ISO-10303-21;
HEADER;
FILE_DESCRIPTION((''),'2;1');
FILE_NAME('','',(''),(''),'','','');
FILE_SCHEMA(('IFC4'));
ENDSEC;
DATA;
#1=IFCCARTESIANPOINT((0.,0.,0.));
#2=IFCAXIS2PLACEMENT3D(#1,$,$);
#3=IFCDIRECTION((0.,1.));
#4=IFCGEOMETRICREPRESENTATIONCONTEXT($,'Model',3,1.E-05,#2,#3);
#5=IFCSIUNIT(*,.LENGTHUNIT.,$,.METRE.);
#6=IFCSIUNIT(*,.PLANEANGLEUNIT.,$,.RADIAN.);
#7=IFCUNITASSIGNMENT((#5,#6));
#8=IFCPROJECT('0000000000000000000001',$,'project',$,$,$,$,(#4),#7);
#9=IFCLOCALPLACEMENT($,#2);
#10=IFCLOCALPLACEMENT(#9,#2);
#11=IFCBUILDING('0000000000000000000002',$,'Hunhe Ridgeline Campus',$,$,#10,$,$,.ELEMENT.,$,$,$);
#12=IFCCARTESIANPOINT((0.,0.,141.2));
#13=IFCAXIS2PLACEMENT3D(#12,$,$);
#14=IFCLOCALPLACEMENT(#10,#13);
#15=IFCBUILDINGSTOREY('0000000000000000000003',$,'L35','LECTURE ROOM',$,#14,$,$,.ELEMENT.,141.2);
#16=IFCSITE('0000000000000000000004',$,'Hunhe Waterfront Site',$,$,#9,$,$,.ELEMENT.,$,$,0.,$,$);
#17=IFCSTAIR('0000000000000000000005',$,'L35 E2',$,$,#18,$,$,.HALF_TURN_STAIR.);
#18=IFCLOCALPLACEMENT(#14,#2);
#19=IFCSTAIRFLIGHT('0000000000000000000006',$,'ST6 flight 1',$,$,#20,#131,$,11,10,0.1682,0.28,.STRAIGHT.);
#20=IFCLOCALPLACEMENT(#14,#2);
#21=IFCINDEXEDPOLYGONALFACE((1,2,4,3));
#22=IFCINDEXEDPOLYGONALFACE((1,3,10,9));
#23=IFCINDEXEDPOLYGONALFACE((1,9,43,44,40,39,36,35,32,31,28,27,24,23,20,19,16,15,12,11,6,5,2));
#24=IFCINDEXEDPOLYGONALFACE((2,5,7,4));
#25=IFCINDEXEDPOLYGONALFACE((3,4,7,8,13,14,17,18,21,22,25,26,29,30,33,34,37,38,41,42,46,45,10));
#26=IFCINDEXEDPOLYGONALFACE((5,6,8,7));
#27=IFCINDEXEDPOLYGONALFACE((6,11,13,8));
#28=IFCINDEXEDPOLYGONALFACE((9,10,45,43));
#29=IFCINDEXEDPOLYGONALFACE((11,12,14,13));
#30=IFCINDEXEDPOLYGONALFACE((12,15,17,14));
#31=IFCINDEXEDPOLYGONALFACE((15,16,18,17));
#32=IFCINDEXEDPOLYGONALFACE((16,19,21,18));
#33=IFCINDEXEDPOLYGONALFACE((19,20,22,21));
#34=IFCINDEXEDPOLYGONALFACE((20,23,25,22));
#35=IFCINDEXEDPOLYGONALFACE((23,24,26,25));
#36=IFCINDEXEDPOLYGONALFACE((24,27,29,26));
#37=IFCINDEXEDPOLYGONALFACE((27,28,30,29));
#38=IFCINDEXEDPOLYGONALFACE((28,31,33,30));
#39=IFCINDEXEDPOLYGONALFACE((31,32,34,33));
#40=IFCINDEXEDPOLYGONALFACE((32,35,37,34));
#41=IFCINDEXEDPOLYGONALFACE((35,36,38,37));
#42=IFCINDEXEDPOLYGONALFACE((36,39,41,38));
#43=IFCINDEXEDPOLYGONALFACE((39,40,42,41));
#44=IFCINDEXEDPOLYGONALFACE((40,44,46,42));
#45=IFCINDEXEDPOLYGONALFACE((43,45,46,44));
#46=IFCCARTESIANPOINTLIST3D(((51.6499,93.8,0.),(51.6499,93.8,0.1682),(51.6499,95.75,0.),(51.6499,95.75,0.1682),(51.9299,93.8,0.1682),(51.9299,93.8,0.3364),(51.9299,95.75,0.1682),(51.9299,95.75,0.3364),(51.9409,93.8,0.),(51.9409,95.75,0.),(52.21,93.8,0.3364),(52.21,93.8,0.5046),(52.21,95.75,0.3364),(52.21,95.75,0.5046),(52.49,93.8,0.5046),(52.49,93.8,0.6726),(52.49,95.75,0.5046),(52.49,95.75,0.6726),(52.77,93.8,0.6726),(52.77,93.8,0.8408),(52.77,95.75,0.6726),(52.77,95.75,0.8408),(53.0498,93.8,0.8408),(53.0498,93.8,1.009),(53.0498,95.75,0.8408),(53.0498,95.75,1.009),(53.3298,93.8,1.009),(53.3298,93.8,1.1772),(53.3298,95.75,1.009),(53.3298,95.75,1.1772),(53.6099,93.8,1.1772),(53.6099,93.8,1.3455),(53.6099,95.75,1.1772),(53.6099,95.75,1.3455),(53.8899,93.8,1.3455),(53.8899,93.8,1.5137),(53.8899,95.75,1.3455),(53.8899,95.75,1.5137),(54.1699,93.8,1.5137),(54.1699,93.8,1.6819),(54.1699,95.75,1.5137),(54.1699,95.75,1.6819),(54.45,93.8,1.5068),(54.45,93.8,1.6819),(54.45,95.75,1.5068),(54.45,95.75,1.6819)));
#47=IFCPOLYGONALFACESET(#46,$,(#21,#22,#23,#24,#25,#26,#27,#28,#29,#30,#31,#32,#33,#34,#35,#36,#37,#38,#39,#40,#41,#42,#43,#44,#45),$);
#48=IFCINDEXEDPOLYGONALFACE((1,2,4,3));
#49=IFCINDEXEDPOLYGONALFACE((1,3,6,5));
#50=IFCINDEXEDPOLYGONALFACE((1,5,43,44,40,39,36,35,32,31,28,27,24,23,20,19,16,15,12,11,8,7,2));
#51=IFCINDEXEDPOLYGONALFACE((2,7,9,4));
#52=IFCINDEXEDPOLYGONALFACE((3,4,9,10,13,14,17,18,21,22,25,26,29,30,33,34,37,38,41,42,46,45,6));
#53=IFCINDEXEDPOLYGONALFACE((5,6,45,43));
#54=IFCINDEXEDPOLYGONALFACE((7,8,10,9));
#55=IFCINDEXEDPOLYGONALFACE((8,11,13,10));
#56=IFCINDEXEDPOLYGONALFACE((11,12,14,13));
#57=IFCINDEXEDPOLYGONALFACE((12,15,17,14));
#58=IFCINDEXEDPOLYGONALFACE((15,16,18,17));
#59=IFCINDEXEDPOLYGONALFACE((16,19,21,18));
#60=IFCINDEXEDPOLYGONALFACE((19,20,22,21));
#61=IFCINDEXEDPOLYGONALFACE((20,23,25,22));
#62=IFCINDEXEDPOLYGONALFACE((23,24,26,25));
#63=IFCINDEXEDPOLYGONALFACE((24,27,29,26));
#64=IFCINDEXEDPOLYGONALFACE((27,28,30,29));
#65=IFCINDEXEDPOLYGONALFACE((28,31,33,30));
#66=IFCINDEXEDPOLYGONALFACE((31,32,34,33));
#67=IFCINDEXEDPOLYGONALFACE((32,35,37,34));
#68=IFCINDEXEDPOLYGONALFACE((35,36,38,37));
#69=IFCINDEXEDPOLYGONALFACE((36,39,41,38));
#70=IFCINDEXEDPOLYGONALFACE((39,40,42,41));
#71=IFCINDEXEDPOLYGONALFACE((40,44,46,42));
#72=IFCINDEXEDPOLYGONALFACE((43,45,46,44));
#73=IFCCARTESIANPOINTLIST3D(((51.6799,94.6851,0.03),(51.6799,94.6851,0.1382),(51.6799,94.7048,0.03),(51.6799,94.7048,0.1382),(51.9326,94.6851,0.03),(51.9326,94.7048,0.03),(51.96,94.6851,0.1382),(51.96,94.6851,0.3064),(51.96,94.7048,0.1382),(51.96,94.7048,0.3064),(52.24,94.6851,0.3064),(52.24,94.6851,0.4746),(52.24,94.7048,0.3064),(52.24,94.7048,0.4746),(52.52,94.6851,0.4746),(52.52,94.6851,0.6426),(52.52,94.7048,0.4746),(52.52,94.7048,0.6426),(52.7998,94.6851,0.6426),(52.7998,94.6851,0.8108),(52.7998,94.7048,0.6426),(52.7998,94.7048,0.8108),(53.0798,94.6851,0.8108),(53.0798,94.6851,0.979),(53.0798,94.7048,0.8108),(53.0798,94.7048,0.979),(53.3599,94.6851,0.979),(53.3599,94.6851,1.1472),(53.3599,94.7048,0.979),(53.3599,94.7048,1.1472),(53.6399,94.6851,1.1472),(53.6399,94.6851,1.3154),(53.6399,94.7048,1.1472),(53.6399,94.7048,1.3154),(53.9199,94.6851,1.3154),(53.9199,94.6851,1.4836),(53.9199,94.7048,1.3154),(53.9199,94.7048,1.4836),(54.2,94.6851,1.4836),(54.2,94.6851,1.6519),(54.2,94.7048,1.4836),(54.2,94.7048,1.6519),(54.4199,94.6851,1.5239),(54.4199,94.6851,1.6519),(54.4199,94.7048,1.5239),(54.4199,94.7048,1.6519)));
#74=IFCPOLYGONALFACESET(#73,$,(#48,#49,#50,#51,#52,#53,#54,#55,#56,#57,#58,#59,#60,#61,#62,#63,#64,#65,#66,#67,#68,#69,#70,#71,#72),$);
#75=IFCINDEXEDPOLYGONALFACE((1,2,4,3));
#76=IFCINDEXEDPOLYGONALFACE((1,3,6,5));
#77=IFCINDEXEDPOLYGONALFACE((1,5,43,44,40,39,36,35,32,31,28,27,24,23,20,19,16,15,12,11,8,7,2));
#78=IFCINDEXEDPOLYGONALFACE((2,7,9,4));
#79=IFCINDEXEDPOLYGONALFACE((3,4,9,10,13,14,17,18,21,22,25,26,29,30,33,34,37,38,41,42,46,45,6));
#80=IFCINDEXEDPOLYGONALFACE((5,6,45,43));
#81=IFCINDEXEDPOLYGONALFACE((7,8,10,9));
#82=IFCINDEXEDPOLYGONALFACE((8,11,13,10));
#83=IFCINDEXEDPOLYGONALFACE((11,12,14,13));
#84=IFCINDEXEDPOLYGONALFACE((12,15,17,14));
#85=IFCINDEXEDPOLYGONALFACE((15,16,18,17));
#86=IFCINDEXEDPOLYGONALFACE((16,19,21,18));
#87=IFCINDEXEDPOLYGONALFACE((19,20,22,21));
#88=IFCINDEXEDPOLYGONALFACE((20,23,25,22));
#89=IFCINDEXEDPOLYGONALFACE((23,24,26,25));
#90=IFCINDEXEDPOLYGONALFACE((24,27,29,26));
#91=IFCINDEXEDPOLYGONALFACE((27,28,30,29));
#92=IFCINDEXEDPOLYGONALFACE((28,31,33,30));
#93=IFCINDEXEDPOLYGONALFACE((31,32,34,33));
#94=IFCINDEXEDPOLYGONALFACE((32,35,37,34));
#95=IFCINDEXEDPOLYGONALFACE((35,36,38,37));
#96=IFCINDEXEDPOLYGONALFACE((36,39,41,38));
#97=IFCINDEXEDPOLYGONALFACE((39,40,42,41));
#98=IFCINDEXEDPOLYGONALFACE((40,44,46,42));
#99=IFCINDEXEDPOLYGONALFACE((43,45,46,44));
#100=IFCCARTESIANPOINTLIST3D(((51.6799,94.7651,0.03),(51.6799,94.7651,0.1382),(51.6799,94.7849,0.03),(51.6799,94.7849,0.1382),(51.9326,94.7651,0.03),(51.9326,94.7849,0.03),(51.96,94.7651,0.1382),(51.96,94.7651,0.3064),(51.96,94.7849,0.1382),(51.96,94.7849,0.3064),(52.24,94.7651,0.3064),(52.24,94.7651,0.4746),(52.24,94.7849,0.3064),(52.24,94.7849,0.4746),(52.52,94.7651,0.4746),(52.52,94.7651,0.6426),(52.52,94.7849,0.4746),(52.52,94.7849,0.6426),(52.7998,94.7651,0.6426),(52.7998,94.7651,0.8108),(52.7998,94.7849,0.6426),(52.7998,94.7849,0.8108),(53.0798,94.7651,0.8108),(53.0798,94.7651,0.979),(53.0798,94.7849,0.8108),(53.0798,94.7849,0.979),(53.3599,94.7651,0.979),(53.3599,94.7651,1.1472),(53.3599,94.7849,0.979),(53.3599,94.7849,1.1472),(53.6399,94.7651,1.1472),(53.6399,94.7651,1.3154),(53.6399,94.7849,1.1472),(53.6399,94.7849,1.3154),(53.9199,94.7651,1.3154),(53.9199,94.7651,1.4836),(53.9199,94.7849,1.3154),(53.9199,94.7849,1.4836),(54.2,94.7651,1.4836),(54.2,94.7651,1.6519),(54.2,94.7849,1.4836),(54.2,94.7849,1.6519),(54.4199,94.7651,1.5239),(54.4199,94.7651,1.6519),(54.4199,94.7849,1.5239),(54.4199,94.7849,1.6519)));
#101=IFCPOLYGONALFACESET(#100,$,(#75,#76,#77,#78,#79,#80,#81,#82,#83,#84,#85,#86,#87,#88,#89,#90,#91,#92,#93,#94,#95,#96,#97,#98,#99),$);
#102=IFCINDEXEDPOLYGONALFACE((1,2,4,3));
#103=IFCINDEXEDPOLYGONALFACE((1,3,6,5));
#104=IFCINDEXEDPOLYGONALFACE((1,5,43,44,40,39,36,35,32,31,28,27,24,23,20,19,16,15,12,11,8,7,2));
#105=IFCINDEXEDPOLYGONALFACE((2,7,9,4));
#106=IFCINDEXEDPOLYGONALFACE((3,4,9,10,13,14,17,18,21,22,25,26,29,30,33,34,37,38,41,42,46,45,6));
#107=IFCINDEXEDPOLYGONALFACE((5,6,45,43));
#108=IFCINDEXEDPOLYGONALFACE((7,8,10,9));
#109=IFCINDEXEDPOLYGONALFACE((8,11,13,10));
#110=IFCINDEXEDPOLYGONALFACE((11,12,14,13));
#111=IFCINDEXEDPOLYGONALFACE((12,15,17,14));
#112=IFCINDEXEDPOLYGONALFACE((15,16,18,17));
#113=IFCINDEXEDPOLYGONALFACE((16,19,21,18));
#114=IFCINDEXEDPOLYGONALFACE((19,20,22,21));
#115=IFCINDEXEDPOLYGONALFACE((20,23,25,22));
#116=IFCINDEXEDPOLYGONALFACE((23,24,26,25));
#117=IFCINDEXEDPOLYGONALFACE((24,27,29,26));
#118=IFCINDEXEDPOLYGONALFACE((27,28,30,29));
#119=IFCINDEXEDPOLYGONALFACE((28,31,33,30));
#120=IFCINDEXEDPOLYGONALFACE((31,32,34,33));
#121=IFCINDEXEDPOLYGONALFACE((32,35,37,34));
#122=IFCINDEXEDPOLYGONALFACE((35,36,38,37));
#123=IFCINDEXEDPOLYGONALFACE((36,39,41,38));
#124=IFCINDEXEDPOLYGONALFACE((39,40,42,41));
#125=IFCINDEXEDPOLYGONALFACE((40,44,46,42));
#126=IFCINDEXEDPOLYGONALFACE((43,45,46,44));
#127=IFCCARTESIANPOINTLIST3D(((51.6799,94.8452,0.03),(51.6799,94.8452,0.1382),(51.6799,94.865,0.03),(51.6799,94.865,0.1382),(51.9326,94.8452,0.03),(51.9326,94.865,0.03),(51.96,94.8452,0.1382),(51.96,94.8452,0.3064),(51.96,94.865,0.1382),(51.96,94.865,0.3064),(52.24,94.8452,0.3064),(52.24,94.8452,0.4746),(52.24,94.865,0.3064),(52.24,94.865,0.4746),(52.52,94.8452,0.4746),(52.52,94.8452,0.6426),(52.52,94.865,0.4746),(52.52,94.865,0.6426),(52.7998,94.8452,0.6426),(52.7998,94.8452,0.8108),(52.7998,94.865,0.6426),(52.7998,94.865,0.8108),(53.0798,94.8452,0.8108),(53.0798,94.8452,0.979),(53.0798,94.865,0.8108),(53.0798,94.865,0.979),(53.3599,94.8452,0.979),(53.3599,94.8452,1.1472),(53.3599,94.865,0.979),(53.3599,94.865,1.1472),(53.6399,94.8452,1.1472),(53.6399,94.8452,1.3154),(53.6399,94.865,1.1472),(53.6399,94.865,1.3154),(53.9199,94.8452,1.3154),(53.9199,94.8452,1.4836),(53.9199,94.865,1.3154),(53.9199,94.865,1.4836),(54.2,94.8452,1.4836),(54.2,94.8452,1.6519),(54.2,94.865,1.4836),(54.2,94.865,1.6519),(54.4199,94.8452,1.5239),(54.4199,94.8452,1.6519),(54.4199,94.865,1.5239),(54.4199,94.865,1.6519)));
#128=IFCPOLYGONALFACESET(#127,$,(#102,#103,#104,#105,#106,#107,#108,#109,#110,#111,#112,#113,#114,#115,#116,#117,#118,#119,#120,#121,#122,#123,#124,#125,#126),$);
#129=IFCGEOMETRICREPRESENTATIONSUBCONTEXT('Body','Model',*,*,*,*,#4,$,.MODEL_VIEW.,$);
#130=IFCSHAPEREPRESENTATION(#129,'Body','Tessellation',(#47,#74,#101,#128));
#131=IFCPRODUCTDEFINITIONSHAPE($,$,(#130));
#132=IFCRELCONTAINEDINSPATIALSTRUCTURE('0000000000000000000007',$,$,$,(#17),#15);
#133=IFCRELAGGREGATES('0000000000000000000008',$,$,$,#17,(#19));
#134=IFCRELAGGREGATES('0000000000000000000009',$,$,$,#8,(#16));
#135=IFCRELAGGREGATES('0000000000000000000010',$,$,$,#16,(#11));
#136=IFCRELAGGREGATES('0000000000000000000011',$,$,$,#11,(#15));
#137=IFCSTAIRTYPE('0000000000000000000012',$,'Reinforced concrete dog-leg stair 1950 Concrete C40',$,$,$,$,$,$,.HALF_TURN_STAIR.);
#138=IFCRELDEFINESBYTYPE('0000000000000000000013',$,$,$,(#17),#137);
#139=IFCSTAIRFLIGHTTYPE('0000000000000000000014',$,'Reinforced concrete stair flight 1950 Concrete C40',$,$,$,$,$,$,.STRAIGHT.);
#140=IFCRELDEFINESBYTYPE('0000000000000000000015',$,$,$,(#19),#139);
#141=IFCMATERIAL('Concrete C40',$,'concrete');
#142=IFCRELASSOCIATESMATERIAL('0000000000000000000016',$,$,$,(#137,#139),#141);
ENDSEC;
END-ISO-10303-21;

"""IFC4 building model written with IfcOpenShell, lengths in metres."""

from ifc_helpers import new_model, si_unit, direction, frame, origin, place, context, subcontext, project, spatial, polyline, outline, extrude, material, type_object, element, aggregate, save


model = new_model("IFC4")

# Units and contexts
model_context = context("Model", 3, precision=1e-05, world=origin(), true_north=direction((0.0, 1.0)))
body_context = subcontext(model_context, "Body", "Model", "MODEL_VIEW")
ifc_project = project(units=[si_unit("LENGTHUNIT", "METRE"), si_unit("PLANEANGLEUNIT", "RADIAN")], contexts=[model_context])

# Site, building, storey
site_placement = place(None, origin())
site = spatial("IfcSite", under=ifc_project, at=site_placement, Name="Hunhe Waterfront Site", CompositionType="ELEMENT", RefElevation=0.0)
building_placement = place(site_placement, origin())
building = spatial("IfcBuilding", under=site, at=building_placement, Name="Hunhe Ridgeline Campus", CompositionType="ELEMENT")
storey_placement = place(building_placement, frame((0.0, 0.0, 141.2)))
storey = spatial("IfcBuildingStorey", under=building, at=storey_placement, Name="L35", Description="LECTURE ROOM", CompositionType="ELEMENT", Elevation=141.2)

# Shared definitions
ifc_material_1 = material(Name="Concrete C40", Category="concrete")
stair_type = type_object("IfcStairType", Name="Reinforced concrete dog-leg stair 1950 Concrete C40", PredefinedType="HALF_TURN_STAIR", material=ifc_material_1)
stair_flight_type = type_object("IfcStairFlightType", Name="Reinforced concrete stair flight 1950 Concrete C40", PredefinedType="STRAIGHT", material=ifc_material_1)

# Stair, stair flight
stair_1_placement = place(storey_placement, origin())
stair_1 = element("IfcStair", 1, at=stair_1_placement, inside=storey, type_object=stair_type, Name="L35 E2", PredefinedType="HALF_TURN_STAIR")
stair_flight_1_placement = place(storey_placement, frame((51.6499, 94.7749, 0.0), z_axis=(0.0, 0.0, 1.0), x_axis=(1.0, 0.0, 0.0)))
stair_flight_1 = element("IfcStairFlight", 2, at=stair_flight_1_placement, type_object=stair_flight_type, Name="ST6 flight 1", NumberOfRisers=11, NumberOfTreads=10, PredefinedType="STRAIGHT", RiserHeight=0.1682, TreadLength=0.28, context=body_context, shape_type="SweptSolid", body=[
    extrude(outline(polyline([(0.0, 0.0), (0.0, 0.1682), (0.28, 0.1682), (0.28, 0.3364), (0.5601, 0.3364), (0.5601, 0.5046), (0.8401, 0.5046), (0.8401, 0.6726), (1.1201, 0.6726), (1.1201, 0.8408), (1.3999, 0.8408), (1.3999, 1.009), (1.6799, 1.009), (1.6799, 1.1772), (1.96, 1.1772), (1.96, 1.3455), (2.24, 1.3455), (2.24, 1.5137), (2.52, 1.5137), (2.52, 1.6819), (2.8, 1.6819), (2.8, 1.8501), (2.8, 1.5068), (0.291, 0.0), (0.0, 0.0)])), frame((0.0, 0.9751, 0.0), z_axis=(0.0, -1.0, 0.0), x_axis=(1.0, 0.0, 0.0)), (0.0, 0.0, 1.0), 1.95),
    extrude(outline(polyline([(0.03, 0.03), (0.03, 0.1382), (0.3101, 0.1382), (0.3101, 0.3064), (0.5901, 0.3064), (0.5901, 0.4746), (0.8701, 0.4746), (0.8701, 0.6426), (1.1499, 0.6426), (1.1499, 0.8108), (1.4299, 0.8108), (1.4299, 0.979), (1.71, 0.979), (1.71, 1.1472), (1.99, 1.1472), (1.99, 1.3154), (2.27, 1.3154), (2.27, 1.4836), (2.55, 1.4836), (2.55, 1.6519), (2.77, 1.6519), (2.77, 1.5239), (0.2827, 0.03), (0.03, 0.03)])), frame((0.0, -0.0701, 0.0), z_axis=(0.0, -1.0, 0.0), x_axis=(1.0, 0.0, 0.0)), (0.0, 0.0, 1.0), 0.0198),
    extrude(outline(polyline([(0.03, 0.03), (0.03, 0.1382), (0.3101, 0.1382), (0.3101, 0.3064), (0.5901, 0.3064), (0.5901, 0.4746), (0.8701, 0.4746), (0.8701, 0.6426), (1.1499, 0.6426), (1.1499, 0.8108), (1.4299, 0.8108), (1.4299, 0.979), (1.71, 0.979), (1.71, 1.1472), (1.99, 1.1472), (1.99, 1.3154), (2.27, 1.3154), (2.27, 1.4836), (2.55, 1.4836), (2.55, 1.6519), (2.77, 1.6519), (2.77, 1.5239), (0.2827, 0.03), (0.03, 0.03)])), frame((0.0, 0.01, 0.0), z_axis=(0.0, -1.0, 0.0), x_axis=(1.0, 0.0, 0.0)), (0.0, 0.0, 1.0), 0.0198),
    extrude(outline(polyline([(0.03, 0.03), (0.03, 0.1382), (0.3101, 0.1382), (0.3101, 0.3064), (0.5901, 0.3064), (0.5901, 0.4746), (0.8701, 0.4746), (0.8701, 0.6426), (1.1499, 0.6426), (1.1499, 0.8108), (1.4299, 0.8108), (1.4299, 0.979), (1.71, 0.979), (1.71, 1.1472), (1.99, 1.1472), (1.99, 1.3154), (2.27, 1.3154), (2.27, 1.4836), (2.55, 1.4836), (2.55, 1.6519), (2.77, 1.6519), (2.77, 1.5239), (0.2827, 0.03), (0.03, 0.03)])), frame((0.0, 0.0901, 0.0), z_axis=(0.0, -1.0, 0.0), x_axis=(1.0, 0.0, 0.0)), (0.0, 0.0, 1.0), 0.0198),
])
aggregate(stair_1, [stair_flight_1])

save(model, "model.ifc")
